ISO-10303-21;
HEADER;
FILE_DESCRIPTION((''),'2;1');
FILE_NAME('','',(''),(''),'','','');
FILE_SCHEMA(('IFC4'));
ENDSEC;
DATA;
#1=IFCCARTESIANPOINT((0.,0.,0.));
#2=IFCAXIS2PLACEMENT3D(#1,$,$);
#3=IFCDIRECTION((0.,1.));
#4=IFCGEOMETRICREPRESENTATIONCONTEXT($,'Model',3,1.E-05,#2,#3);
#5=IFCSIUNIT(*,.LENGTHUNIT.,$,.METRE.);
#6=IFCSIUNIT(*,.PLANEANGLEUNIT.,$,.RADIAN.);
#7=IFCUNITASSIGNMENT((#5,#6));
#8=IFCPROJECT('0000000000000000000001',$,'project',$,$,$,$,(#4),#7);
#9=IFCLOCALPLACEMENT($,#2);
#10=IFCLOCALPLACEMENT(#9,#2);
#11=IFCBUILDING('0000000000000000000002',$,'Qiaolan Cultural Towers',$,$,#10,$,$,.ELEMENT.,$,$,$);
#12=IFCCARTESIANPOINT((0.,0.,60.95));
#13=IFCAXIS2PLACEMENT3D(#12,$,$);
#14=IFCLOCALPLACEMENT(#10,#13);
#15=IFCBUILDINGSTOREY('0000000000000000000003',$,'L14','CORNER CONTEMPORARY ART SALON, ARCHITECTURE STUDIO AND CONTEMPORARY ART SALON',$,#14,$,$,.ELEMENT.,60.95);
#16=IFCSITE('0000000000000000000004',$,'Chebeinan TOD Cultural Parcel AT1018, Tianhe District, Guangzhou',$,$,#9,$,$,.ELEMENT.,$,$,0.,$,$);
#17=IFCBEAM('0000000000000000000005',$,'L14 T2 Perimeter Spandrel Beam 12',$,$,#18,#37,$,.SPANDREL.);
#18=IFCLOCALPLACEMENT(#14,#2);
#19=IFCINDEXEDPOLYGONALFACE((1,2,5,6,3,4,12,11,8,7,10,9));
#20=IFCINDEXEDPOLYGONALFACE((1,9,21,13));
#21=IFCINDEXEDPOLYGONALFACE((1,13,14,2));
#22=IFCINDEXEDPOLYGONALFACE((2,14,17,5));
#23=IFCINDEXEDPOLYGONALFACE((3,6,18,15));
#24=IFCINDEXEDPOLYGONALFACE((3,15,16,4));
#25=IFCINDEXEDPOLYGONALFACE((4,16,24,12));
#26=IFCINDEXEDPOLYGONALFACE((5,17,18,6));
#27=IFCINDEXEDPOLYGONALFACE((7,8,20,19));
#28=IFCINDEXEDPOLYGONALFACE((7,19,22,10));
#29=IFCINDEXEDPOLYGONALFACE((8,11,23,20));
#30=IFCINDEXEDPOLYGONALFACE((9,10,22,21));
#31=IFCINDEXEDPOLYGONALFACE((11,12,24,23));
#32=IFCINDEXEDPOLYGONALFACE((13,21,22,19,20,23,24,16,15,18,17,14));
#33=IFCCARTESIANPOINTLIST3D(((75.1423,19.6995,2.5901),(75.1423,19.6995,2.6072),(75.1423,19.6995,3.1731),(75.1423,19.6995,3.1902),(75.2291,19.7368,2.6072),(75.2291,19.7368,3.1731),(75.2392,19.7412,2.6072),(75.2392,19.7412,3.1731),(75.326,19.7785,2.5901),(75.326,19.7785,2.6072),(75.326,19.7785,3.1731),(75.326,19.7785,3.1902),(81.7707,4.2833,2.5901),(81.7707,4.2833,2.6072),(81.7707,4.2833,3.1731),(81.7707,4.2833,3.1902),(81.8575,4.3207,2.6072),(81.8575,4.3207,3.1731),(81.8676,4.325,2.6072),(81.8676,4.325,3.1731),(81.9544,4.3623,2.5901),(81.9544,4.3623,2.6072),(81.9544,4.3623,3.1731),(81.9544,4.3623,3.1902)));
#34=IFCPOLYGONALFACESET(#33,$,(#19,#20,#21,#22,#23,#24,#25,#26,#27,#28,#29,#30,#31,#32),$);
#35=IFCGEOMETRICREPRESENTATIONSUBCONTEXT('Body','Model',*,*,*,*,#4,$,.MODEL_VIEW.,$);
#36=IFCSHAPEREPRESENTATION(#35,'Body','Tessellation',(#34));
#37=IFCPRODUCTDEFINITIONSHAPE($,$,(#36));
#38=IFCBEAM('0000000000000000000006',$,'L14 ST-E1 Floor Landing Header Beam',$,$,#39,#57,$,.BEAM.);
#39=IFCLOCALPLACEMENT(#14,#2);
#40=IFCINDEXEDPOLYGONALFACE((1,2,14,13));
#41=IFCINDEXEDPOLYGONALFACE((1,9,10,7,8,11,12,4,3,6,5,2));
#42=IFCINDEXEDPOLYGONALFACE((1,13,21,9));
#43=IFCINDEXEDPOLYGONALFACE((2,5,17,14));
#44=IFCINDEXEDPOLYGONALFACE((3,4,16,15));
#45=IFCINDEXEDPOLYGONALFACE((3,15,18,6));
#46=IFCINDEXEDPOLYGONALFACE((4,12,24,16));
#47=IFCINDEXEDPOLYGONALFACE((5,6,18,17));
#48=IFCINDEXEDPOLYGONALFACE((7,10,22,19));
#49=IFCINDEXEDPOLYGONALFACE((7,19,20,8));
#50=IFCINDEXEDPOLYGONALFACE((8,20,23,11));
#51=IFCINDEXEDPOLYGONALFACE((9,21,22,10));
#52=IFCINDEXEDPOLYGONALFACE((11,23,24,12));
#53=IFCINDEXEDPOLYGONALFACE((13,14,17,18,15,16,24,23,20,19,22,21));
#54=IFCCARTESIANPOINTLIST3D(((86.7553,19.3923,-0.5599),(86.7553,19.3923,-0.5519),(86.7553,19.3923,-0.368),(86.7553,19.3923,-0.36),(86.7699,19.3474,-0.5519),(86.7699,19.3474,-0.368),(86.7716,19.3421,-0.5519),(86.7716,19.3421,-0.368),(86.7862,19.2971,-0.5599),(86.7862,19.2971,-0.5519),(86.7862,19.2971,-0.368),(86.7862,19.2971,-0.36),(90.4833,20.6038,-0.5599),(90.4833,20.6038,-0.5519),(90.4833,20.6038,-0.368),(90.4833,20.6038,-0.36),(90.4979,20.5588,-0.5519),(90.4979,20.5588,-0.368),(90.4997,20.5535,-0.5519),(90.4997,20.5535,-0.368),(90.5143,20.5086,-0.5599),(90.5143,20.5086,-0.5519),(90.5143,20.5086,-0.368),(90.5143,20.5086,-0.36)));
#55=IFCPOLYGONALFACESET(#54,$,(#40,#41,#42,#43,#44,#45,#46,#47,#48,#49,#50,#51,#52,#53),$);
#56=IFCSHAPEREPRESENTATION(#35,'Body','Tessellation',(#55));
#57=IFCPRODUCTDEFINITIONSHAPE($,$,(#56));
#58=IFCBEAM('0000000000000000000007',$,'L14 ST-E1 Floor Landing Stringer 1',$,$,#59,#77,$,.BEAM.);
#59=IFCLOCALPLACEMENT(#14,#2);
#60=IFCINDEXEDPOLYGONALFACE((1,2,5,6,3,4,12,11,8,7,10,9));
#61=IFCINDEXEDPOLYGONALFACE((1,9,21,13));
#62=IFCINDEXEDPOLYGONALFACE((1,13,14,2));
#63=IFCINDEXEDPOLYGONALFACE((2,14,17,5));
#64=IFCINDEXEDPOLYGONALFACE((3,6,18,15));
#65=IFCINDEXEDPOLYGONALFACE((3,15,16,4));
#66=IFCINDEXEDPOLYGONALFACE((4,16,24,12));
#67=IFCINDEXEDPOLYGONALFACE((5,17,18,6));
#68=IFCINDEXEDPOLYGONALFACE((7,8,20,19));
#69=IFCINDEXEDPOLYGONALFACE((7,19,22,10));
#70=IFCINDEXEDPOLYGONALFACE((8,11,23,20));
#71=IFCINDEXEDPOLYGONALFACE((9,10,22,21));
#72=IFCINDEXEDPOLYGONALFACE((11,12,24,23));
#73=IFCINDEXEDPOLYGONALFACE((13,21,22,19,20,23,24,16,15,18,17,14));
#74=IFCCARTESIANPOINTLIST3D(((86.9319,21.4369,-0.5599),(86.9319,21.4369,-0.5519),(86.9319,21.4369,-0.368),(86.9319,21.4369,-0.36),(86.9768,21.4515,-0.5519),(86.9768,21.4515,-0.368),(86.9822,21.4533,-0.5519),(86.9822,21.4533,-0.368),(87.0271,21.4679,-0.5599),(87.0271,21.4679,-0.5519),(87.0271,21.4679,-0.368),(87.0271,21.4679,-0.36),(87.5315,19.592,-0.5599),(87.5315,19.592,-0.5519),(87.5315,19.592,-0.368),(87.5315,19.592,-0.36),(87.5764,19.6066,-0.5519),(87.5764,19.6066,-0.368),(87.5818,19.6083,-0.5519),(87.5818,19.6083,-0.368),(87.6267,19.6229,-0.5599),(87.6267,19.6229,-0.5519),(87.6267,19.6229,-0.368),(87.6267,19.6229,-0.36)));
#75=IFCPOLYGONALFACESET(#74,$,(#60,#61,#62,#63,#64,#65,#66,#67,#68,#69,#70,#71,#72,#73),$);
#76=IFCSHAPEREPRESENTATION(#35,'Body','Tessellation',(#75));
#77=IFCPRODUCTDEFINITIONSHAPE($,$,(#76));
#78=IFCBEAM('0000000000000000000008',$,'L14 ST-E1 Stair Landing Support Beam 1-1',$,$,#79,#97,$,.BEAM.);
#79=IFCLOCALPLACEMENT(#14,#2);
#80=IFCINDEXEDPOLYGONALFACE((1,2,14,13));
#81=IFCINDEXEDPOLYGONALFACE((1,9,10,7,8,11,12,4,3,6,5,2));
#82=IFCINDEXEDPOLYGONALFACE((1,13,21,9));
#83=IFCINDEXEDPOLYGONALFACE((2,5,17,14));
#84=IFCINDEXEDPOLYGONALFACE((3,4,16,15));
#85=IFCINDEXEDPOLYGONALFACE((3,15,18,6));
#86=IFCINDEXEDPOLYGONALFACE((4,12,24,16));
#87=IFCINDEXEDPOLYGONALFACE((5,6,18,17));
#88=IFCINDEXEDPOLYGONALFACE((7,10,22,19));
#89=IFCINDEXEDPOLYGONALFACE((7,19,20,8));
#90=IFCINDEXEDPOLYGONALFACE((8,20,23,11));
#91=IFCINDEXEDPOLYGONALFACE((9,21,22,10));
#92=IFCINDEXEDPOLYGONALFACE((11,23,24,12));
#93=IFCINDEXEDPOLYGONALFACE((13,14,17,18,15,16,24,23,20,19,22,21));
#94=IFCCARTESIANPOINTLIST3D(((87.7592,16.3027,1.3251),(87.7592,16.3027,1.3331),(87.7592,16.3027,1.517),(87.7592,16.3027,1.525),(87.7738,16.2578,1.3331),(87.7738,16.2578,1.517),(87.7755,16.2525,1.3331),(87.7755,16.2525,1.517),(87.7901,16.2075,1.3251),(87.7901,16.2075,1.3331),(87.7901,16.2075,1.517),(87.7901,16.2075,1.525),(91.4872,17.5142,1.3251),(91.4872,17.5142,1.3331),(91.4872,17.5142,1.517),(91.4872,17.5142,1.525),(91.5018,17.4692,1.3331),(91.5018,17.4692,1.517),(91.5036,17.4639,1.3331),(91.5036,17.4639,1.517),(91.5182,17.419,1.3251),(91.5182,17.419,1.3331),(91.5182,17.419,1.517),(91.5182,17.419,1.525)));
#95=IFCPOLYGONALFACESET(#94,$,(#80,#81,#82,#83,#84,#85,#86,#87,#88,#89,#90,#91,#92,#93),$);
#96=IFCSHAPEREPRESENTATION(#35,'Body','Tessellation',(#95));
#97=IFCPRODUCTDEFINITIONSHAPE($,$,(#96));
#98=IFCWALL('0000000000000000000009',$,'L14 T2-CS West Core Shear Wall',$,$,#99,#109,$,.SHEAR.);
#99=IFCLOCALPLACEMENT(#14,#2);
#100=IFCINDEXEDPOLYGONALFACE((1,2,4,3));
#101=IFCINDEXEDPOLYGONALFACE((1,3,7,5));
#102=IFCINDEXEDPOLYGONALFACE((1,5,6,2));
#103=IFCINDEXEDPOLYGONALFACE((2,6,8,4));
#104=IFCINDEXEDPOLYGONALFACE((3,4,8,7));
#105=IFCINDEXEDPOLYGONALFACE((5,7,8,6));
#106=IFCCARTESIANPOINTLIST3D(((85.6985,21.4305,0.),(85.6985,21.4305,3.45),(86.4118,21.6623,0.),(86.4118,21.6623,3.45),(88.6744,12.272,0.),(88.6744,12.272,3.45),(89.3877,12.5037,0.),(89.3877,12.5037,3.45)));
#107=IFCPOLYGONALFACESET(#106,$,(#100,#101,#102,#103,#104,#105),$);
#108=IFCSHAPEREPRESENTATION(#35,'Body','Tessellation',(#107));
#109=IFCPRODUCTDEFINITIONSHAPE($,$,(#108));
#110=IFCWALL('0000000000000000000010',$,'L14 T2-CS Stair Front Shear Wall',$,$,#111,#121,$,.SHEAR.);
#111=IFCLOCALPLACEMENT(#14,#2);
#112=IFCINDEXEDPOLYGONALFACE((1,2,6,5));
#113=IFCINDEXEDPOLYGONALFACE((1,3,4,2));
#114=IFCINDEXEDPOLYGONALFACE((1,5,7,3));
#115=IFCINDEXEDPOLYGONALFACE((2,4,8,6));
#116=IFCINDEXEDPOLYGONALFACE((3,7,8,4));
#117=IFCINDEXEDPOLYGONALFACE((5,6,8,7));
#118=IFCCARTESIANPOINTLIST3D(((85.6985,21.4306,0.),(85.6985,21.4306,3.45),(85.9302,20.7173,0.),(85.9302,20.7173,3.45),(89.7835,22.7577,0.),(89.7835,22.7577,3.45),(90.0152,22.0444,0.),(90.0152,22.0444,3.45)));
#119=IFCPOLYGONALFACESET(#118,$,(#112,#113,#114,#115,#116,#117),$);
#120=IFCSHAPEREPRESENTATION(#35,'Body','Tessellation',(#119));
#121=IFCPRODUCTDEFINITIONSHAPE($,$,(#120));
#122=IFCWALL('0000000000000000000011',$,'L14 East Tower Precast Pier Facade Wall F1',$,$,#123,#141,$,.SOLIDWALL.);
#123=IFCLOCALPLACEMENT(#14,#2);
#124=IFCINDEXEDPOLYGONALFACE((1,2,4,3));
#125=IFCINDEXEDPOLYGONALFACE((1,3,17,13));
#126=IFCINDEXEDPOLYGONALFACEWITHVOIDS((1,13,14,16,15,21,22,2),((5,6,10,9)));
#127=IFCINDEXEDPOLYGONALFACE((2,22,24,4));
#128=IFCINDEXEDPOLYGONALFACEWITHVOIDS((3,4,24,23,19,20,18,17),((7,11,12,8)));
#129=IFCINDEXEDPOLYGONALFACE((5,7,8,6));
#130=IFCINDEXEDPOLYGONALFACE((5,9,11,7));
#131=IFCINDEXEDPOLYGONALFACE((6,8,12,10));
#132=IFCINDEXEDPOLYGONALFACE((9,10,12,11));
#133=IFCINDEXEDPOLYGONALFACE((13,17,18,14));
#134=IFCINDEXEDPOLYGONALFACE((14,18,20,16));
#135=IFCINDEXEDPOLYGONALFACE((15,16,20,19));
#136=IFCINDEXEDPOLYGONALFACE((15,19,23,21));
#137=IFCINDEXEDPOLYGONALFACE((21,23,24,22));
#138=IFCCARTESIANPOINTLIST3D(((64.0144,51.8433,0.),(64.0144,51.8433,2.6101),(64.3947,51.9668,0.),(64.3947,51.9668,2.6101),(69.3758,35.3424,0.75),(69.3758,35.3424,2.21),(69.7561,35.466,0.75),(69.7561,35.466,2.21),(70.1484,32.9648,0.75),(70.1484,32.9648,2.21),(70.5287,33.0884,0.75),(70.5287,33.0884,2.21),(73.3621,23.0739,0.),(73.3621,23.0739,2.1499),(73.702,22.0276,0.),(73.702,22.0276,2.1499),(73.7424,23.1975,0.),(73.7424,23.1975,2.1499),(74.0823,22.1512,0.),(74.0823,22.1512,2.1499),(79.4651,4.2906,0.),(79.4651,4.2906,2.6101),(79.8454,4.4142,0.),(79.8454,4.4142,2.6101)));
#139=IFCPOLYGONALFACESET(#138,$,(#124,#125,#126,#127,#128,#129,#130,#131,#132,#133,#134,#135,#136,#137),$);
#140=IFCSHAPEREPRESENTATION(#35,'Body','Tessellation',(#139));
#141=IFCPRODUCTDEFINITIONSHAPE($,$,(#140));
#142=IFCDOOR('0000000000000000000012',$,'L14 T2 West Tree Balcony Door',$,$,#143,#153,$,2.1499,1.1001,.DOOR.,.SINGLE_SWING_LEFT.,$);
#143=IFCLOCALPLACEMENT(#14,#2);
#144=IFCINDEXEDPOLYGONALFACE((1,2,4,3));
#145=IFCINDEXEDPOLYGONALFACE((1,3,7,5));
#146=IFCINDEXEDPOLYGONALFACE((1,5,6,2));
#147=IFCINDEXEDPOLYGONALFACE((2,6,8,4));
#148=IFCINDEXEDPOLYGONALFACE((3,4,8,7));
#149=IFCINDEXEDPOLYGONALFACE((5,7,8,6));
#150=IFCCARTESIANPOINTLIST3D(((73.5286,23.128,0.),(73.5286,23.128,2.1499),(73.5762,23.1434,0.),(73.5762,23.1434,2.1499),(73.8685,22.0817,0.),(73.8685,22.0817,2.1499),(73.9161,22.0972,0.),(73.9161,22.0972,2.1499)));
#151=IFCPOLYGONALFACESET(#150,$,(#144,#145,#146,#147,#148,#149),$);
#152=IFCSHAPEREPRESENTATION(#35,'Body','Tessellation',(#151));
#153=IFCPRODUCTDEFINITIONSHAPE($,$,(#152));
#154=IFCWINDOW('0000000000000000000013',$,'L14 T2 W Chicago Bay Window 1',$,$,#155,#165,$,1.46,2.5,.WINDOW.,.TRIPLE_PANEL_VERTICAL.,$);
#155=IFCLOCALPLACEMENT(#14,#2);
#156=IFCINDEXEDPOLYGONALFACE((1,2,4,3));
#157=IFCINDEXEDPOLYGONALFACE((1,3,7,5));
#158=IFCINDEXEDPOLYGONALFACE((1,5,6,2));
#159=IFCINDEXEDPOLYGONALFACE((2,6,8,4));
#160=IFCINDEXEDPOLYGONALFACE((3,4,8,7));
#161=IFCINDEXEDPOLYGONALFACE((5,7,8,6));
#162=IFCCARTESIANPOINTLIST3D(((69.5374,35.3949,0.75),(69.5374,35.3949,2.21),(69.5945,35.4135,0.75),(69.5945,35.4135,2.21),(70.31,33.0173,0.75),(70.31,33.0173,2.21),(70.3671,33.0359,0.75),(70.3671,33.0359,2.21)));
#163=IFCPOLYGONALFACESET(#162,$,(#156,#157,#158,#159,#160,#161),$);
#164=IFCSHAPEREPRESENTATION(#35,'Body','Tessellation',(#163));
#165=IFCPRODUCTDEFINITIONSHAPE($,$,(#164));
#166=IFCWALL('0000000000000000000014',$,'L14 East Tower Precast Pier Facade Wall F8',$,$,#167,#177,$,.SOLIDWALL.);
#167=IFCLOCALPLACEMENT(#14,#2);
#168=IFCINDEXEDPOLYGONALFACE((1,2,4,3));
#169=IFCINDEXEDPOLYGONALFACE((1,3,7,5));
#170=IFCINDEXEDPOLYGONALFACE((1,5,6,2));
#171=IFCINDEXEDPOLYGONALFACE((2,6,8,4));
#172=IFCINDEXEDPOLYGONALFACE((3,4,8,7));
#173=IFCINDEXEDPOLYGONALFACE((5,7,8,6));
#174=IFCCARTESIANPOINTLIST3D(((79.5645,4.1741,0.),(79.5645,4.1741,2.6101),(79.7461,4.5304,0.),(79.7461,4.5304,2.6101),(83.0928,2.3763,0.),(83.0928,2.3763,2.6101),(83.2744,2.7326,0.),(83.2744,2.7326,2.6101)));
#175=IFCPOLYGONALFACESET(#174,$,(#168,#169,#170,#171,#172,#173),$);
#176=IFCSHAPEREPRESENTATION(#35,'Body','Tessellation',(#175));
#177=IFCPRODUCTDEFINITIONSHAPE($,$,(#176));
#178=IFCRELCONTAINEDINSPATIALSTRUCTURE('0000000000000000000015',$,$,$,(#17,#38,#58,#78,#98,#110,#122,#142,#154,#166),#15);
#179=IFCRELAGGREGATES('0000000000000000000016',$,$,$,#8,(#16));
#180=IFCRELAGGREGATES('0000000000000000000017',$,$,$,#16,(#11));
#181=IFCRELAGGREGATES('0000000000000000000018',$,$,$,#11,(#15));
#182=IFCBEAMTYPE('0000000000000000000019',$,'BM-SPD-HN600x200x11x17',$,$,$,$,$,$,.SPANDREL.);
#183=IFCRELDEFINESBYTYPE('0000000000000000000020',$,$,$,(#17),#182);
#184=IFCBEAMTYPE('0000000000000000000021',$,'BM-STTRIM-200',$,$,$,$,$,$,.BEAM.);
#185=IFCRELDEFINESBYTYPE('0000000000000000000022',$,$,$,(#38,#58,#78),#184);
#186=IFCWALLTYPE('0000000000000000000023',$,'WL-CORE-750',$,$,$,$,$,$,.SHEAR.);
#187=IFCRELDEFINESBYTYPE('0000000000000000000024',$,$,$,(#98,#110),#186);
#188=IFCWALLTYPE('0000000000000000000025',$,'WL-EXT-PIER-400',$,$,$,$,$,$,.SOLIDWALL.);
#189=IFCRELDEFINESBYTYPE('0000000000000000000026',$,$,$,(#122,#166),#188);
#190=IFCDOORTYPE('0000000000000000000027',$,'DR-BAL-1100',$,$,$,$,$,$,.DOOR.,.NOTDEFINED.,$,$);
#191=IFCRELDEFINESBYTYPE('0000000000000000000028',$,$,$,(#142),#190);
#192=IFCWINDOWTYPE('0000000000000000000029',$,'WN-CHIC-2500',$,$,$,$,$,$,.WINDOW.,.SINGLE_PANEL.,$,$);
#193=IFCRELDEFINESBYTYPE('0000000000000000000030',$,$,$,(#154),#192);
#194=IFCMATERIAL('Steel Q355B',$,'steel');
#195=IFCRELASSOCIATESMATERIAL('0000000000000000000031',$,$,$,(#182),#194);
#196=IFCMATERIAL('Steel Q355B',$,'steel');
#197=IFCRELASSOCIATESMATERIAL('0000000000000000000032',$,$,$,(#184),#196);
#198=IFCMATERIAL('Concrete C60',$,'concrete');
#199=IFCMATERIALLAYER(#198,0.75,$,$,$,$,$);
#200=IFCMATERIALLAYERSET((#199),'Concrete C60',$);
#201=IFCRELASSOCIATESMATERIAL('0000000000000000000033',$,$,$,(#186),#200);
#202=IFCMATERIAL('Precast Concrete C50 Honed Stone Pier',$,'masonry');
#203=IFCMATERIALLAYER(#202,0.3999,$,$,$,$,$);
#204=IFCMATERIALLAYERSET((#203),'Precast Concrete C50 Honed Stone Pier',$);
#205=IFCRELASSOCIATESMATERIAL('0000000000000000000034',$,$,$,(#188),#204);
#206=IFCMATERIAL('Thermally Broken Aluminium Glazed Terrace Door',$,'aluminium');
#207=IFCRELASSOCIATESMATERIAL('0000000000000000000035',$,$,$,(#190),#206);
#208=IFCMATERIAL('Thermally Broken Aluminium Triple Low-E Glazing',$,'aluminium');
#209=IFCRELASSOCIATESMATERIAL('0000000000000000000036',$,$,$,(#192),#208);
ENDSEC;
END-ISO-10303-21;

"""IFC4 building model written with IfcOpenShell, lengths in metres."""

from ifc_helpers import new_model, si_unit, direction, frame, frame_2d, origin, origin_2d, place, context, subcontext, project, spatial, rectangle, i_section, extrude, material, layer, layer_set, material_profile, profile_set, type_object, element, fill, save


model = new_model("IFC4")

# Units and contexts
model_context = context("Model", 3, precision=1e-05, world=origin(), true_north=direction((0.0, 1.0)))
body_context = subcontext(model_context, "Body", "Model", "MODEL_VIEW")
ifc_project = project(units=[si_unit("LENGTHUNIT", "METRE"), si_unit("PLANEANGLEUNIT", "RADIAN")], contexts=[model_context])

# Site, building, storey
site_placement = place(None, origin())
site = spatial("IfcSite", under=ifc_project, at=site_placement, Name="Chebeinan TOD Cultural Parcel AT1018, Tianhe District, Guangzhou", CompositionType="ELEMENT", RefElevation=0.0)
building_placement = place(site_placement, origin())
building = spatial("IfcBuilding", under=site, at=building_placement, Name="Qiaolan Cultural Towers", CompositionType="ELEMENT")
storey_placement = place(building_placement, frame((0.0, 0.0, 60.95)))
storey = spatial("IfcBuildingStorey", under=building, at=storey_placement, Name="L14", Description="CORNER CONTEMPORARY ART SALON, ARCHITECTURE STUDIO AND CONTEMPORARY ART SALON", CompositionType="ELEMENT", Elevation=60.95)

# Beams
ifc_material_1 = material(Name="Steel Q355B", Category="steel")
ifc_material_profile_1 = material_profile(ifc_material_1, i_section(OverallWidth=0.2, OverallDepth=0.6001, WebThickness=0.011, FlangeThickness=0.0171, at=origin_2d()), Name="HN600x200x11x17")
ifc_profile_set_1 = profile_set([ifc_material_profile_1], Name="Steel Q355B")
beam_type_1 = type_object("IfcBeamType", Name="BM-SPD-HN600x200x11x17", PredefinedType="SPANDREL", material=ifc_profile_set_1)
beam_1_placement = place(storey_placement, frame((75.2341, 19.739, 2.8901), z_axis=(0.394999, -0.918682, 0.0), x_axis=(0.918682, 0.394999, 0.0)))
element("IfcBeam", 1, at=beam_1_placement, inside=storey, type_object=beam_type_1, Name="L14 T2 Perimeter Spandrel Beam 12", PredefinedType="SPANDREL", context=body_context, shape_type="SweptSolid", body=[
    extrude(i_section(OverallWidth=0.2, OverallDepth=0.6001, WebThickness=0.011, FlangeThickness=0.0171, at=origin_2d()), origin(), (0.0, 0.0, 1.0), 16.7808),
])
ifc_material_2 = material(Name="Steel Q355B", Category="steel")
ifc_material_profile_2 = material_profile(ifc_material_2, i_section(OverallWidth=0.1001, OverallDepth=0.2, WebThickness=0.0056, FlangeThickness=0.0081, at=origin_2d()), Name="HN200x100x5.5x8")
ifc_profile_set_2 = profile_set([ifc_material_profile_2], Name="Steel Q355B")
beam_type_2 = type_object("IfcBeamType", Name="BM-STTRIM-200", PredefinedType="BEAM", material=ifc_profile_set_2)
beam_2_placement = place(storey_placement, frame((86.7708, 19.3447, -0.46), z_axis=(0.951048, 0.309044, 0.0), x_axis=(-0.309044, 0.951048, 0.0)))
element("IfcBeam", 2, at=beam_2_placement, inside=storey, type_object=beam_type_2, Name="L14 ST-E1 Floor Landing Header Beam", PredefinedType="BEAM", context=body_context, shape_type="SweptSolid", body=[
    extrude(i_section(OverallWidth=0.1001, OverallDepth=0.2, WebThickness=0.0056, FlangeThickness=0.0081, at=origin_2d()), origin(), (0.0, 0.0, 1.0), 3.9199),
])
beam_3_placement = place(storey_placement, frame((86.9795, 21.4524, -0.46), z_axis=(0.309083, -0.951035, 0.0), x_axis=(0.951035, 0.309083, 0.0)))
element("IfcBeam", 3, at=beam_3_placement, inside=storey, type_object=beam_type_2, Name="L14 ST-E1 Floor Landing Stringer 1", PredefinedType="BEAM", context=body_context, shape_type="SweptSolid", body=[
    extrude(i_section(OverallWidth=0.1001, OverallDepth=0.2, WebThickness=0.0056, FlangeThickness=0.0081, at=origin_2d()), origin(), (0.0, 0.0, 1.0), 1.9399),
])
beam_4_placement = place(storey_placement, frame((87.7747, 16.2551, 1.425), z_axis=(0.951048, 0.309044, 0.0), x_axis=(-0.309044, 0.951048, 0.0)))
element("IfcBeam", 4, at=beam_4_placement, inside=storey, type_object=beam_type_2, Name="L14 ST-E1 Stair Landing Support Beam 1-1", PredefinedType="BEAM", context=body_context, shape_type="SweptSolid", body=[
    extrude(i_section(OverallWidth=0.1001, OverallDepth=0.2, WebThickness=0.0056, FlangeThickness=0.0081, at=origin_2d()), origin(), (0.0, 0.0, 1.0), 3.9199),
])

# Walls
ifc_material_3 = material(Name="Concrete C60", Category="concrete")
ifc_layer_1 = layer(ifc_material_3, 0.75)
ifc_layer_set_1 = layer_set([ifc_layer_1], Name="Concrete C60")
wall_type_1 = type_object("IfcWallType", Name="WL-CORE-750", PredefinedType="SHEAR", material=ifc_layer_set_1)
wall_1_placement = place(storey_placement, frame((86.0552, 21.5464, 0.0), z_axis=(0.0, 0.0, 1.0), x_axis=(0.309024, -0.951054, 0.0)))
element("IfcWall", 5, at=wall_1_placement, inside=storey, type_object=wall_type_1, Name="L14 T2-CS West Core Shear Wall", PredefinedType="SHEAR", context=body_context, shape_type="SweptSolid", body=[
    extrude(rectangle(XDim=9.6299, YDim=0.75, at=frame_2d((4.8149, 0.0))), origin(), (0.0, 0.0, 1.0), 3.45),
])
wall_2_placement = place(storey_placement, frame((85.8145, 21.074, 0.0), z_axis=(0.0, 0.0, 1.0), x_axis=(0.951066, 0.308988, 0.0)))
element("IfcWall", 6, at=wall_2_placement, inside=storey, type_object=wall_type_1, Name="L14 T2-CS Stair Front Shear Wall", PredefinedType="SHEAR", context=body_context, shape_type="SweptSolid", body=[
    extrude(rectangle(XDim=4.2952, YDim=0.75, at=frame_2d((2.1475, 0.0))), origin(), (0.0, 0.0, 1.0), 3.45),
])

# Wall, openings, door, window
ifc_material_4 = material(Name="Precast Concrete C50 Honed Stone Pier", Category="masonry")
ifc_layer_2 = layer(ifc_material_4, 0.3999)
ifc_layer_set_2 = layer_set([ifc_layer_2], Name="Precast Concrete C50 Honed Stone Pier")
wall_type_2 = type_object("IfcWallType", Name="WL-EXT-PIER-400", PredefinedType="SOLIDWALL", material=ifc_layer_set_2)
wall_3_placement = place(storey_placement, frame((79.6553, 4.3523, 0.0), z_axis=(0.0, 0.0, 1.0), x_axis=(-0.309015, 0.951057, 0.0)))
wall_3 = element("IfcWall", 7, at=wall_3_placement, inside=storey, type_object=wall_type_2, Name="L14 East Tower Precast Pier Facade Wall F1", PredefinedType="SOLIDWALL", context=body_context, shape_type="SweptSolid", body=[
    extrude(rectangle(XDim=49.9998, YDim=0.3999, at=frame_2d((25.0, 0.0))), origin(), (0.0, 0.0, 1.0), 2.6101),
])
opening_1_placement = place(wall_3_placement, frame((30.1499, 0.0, 0.75)))
opening_1 = element("IfcOpeningElement", 8, at=opening_1_placement, cuts=wall_3, PredefinedType="OPENING", context=body_context, shape_type="SweptSolid", body=[
    extrude(rectangle(XDim=2.5, YDim=1.46, at=frame_2d((1.25, 0.73))), frame((0.0, 0.21, 0.0), z_axis=(0.0, -1.0, 0.0), x_axis=(1.0, 0.0, 0.0)), (0.0, 0.0, 1.0), 0.4199),
])
opening_2_placement = place(wall_3_placement, frame((18.6499, 0.0, 0.0)))
opening_2 = element("IfcOpeningElement", 9, at=opening_2_placement, cuts=wall_3, PredefinedType="OPENING", context=body_context, shape_type="SweptSolid", body=[
    extrude(rectangle(XDim=1.1001, YDim=2.1499, at=frame_2d((0.55, 1.075))), frame((0.0, 0.21, 0.0), z_axis=(0.0, -1.0, 0.0), x_axis=(1.0, 0.0, 0.0)), (0.0, 0.0, 1.0), 0.4199),
])
ifc_material_5 = material(Name="Thermally Broken Aluminium Glazed Terrace Door", Category="aluminium")
door_type_1 = type_object("IfcDoorType", Name="DR-BAL-1100", OperationType="NOTDEFINED", PredefinedType="DOOR", material=ifc_material_5)
door_1_placement = place(opening_2_placement, origin())
door_1 = element("IfcDoor", 10, at=door_1_placement, inside=storey, type_object=door_type_1, Name="L14 T2 West Tree Balcony Door", OperationType="SINGLE_SWING_LEFT", OverallHeight=2.1499, OverallWidth=1.1001, PredefinedType="DOOR", context=body_context, shape_type="SweptSolid", body=[
    extrude(rectangle(XDim=1.1001, YDim=2.1499, at=frame_2d((0.55, 1.075))), frame((0.0, 0.0249, 0.0), z_axis=(0.0, -1.0, 0.0), x_axis=(1.0, 0.0, 0.0)), (0.0, 0.0, 1.0), 0.05),
])
fill(opening_2, door_1)
ifc_material_6 = material(Name="Thermally Broken Aluminium Triple Low-E Glazing", Category="aluminium")
window_type = type_object("IfcWindowType", Name="WN-CHIC-2500", PartitioningType="SINGLE_PANEL", PredefinedType="WINDOW", material=ifc_material_6)
window_placement = place(opening_1_placement, origin())
window = element("IfcWindow", 11, at=window_placement, inside=storey, type_object=window_type, Name="L14 T2 W Chicago Bay Window 1", OverallHeight=1.46, OverallWidth=2.5, PartitioningType="TRIPLE_PANEL_VERTICAL", PredefinedType="WINDOW", context=body_context, shape_type="SweptSolid", body=[
    extrude(rectangle(XDim=2.5, YDim=1.46, at=frame_2d((1.25, 0.73))), frame((0.0, 0.03, 0.0), z_axis=(0.0, -1.0, 0.0), x_axis=(1.0, 0.0, 0.0)), (0.0, 0.0, 1.0), 0.0601),
])
fill(opening_1, window)

# Wall
wall_4_placement = place(storey_placement, frame((83.1836, 2.5544, 0.0), z_axis=(0.0, 0.0, 1.0), x_axis=(-0.890998, 0.454007, 0.0)))
element("IfcWall", 12, at=wall_4_placement, inside=storey, type_object=wall_type_2, Name="L14 East Tower Precast Pier Facade Wall F8", PredefinedType="SOLIDWALL", context=body_context, shape_type="SweptSolid", body=[
    extrude(rectangle(XDim=3.96, YDim=0.3999, at=frame_2d((1.98, 0.0))), origin(), (0.0, 0.0, 1.0), 2.6101),
])

save(model, "model.ifc")
